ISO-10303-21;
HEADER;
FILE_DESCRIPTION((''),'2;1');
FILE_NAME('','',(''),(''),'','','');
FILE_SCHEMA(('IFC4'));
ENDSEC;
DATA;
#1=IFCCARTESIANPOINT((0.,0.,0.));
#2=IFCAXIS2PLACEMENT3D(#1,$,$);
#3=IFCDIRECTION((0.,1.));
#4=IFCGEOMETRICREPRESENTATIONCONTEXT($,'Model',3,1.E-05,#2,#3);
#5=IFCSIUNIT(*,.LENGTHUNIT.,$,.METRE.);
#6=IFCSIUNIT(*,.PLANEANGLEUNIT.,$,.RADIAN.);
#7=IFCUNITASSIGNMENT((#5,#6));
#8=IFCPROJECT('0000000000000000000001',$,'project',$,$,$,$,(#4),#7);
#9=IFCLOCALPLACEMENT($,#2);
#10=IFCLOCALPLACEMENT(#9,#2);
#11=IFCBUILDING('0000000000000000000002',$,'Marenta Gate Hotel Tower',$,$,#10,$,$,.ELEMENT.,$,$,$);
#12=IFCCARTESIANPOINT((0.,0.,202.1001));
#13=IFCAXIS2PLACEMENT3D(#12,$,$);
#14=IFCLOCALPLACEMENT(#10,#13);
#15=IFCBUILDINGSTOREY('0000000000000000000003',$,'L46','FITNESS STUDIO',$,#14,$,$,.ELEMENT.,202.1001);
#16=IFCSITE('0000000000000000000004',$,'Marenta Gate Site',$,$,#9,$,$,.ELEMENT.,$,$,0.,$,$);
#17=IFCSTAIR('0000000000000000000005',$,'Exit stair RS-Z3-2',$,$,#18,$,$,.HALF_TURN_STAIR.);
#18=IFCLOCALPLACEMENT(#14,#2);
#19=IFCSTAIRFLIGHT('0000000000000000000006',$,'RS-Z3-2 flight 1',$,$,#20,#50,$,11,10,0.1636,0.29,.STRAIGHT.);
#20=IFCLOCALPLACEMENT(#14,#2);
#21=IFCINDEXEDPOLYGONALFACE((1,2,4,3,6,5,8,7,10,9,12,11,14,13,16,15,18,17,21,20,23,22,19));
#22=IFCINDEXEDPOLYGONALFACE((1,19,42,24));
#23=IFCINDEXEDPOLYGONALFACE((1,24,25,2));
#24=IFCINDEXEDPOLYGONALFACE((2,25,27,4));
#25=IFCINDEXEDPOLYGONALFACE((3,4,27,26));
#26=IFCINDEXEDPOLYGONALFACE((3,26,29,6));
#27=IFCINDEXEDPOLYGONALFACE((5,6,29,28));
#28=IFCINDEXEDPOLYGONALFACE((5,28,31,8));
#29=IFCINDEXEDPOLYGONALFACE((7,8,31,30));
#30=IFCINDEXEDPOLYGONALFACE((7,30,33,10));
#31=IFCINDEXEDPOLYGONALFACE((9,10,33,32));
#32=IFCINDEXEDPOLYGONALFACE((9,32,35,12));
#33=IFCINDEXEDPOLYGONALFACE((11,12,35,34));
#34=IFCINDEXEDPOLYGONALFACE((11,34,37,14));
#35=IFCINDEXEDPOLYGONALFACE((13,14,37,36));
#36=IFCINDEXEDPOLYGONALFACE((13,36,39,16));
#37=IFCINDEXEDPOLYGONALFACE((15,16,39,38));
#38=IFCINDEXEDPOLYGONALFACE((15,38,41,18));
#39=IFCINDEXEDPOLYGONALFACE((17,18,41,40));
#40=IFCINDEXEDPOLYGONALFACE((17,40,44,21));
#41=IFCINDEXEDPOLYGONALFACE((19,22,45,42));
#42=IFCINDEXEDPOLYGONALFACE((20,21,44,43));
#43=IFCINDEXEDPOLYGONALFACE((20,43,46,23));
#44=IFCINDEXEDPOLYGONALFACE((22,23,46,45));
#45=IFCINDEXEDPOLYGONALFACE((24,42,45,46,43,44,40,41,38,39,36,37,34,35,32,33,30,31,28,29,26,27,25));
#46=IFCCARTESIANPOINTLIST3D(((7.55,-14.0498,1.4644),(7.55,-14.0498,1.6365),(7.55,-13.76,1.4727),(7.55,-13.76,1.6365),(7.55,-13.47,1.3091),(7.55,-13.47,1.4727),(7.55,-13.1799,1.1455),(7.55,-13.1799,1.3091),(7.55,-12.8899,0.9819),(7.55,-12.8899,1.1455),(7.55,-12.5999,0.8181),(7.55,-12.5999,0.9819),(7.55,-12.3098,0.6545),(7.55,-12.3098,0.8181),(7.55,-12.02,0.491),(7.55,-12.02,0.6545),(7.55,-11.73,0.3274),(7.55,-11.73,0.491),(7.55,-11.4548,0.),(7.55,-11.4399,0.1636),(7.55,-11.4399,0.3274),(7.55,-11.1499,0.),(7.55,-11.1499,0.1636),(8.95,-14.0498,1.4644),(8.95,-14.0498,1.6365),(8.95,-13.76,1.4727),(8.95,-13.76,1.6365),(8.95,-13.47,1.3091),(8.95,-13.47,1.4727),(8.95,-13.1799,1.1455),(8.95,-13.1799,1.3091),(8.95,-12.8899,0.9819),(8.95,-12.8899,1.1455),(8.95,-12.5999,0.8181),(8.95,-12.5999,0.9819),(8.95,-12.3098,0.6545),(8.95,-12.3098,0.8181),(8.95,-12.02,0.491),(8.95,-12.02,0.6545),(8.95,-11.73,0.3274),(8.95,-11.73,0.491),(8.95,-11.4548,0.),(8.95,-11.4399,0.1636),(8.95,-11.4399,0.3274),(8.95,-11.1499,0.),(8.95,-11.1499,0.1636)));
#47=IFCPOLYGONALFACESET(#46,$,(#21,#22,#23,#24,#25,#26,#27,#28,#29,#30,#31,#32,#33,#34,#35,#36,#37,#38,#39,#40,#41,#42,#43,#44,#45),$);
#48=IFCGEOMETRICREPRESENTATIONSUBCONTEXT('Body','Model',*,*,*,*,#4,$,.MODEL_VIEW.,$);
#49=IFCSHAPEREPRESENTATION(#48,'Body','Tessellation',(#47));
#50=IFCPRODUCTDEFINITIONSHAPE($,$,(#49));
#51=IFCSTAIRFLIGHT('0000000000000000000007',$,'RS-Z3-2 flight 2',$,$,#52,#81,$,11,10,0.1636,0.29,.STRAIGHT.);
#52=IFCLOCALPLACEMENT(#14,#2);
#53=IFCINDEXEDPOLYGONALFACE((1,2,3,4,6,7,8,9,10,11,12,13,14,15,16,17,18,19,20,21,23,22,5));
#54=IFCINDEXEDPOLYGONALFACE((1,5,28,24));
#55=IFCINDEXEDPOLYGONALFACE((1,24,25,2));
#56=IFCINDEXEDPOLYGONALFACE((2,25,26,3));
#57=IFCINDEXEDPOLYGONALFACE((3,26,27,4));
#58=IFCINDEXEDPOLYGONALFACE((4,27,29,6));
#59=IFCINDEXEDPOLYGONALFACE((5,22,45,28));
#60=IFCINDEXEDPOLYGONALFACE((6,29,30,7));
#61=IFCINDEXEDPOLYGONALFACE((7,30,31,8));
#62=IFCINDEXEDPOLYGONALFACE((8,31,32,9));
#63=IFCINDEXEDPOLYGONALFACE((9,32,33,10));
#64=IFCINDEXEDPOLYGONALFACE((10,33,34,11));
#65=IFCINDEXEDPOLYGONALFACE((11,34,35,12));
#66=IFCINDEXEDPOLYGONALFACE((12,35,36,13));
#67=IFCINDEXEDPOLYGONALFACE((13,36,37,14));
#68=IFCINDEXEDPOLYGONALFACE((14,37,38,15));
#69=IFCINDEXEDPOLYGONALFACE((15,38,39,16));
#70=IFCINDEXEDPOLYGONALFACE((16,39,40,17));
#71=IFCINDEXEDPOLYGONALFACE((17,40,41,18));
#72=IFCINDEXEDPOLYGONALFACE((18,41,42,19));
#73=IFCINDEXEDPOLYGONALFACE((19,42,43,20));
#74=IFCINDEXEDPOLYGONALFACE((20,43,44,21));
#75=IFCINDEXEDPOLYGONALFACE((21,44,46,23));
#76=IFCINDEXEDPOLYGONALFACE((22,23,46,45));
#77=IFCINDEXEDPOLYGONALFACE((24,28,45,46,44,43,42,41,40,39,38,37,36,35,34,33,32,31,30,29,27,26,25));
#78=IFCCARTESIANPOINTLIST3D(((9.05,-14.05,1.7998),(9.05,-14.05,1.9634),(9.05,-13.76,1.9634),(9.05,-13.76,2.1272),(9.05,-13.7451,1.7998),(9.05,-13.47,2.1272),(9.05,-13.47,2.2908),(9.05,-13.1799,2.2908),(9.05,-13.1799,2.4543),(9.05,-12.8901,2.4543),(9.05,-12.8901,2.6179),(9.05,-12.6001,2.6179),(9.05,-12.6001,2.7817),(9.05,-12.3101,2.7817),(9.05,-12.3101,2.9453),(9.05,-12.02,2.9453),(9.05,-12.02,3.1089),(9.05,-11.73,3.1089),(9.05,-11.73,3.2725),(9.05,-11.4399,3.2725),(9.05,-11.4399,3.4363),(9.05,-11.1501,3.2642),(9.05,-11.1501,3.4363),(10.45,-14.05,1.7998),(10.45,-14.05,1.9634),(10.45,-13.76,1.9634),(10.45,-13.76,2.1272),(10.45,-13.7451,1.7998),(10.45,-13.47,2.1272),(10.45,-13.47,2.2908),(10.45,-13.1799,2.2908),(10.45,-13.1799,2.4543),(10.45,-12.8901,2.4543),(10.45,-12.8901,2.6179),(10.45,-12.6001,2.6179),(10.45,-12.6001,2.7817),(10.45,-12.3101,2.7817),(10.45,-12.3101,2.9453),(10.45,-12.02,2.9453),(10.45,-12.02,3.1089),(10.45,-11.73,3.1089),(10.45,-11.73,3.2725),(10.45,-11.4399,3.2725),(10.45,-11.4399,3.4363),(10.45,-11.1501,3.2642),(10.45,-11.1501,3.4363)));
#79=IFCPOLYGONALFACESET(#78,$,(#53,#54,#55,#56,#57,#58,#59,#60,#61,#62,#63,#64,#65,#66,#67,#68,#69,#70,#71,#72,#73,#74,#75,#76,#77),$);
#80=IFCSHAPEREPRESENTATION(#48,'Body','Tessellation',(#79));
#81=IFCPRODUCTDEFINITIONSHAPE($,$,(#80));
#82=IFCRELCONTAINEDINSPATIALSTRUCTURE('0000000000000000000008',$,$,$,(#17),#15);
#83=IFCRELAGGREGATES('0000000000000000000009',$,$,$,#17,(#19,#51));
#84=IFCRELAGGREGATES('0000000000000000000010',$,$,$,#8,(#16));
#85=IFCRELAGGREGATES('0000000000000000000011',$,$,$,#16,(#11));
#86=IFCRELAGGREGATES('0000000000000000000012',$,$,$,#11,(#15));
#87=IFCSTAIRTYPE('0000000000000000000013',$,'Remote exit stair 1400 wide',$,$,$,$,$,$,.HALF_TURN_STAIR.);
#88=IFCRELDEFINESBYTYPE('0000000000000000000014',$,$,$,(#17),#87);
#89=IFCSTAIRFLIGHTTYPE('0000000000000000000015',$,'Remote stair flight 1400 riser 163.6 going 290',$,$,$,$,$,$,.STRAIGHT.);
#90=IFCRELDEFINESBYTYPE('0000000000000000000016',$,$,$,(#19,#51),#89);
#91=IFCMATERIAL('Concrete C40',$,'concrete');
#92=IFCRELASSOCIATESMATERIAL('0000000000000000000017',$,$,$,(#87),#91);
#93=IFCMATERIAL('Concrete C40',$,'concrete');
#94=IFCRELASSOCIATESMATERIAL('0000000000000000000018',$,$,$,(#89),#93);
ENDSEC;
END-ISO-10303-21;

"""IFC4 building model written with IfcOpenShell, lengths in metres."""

from ifc_helpers import new_model, si_unit, direction, frame, origin, place, context, subcontext, project, spatial, polyline, outline, extrude, material, type_object, element, aggregate, save


model = new_model("IFC4")

# Units and contexts
model_context = context("Model", 3, precision=1e-05, world=origin(), true_north=direction((0.0, 1.0)))
body_context = subcontext(model_context, "Body", "Model", "MODEL_VIEW")
ifc_project = project(units=[si_unit("LENGTHUNIT", "METRE"), si_unit("PLANEANGLEUNIT", "RADIAN")], contexts=[model_context])

# Site, building, storey
site_placement = place(None, origin())
site = spatial("IfcSite", under=ifc_project, at=site_placement, Name="Marenta Gate Site", CompositionType="ELEMENT", RefElevation=0.0)
building_placement = place(site_placement, origin())
building = spatial("IfcBuilding", under=site, at=building_placement, Name="Marenta Gate Hotel Tower", CompositionType="ELEMENT")
storey_placement = place(building_placement, frame((0.0, 0.0, 202.1001)))
storey = spatial("IfcBuildingStorey", under=building, at=storey_placement, Name="L46", Description="FITNESS STUDIO", CompositionType="ELEMENT", Elevation=202.1001)

# Stair, stair flights
ifc_material_1 = material(Name="Concrete C40", Category="concrete")
stair_type = type_object("IfcStairType", Name="Remote exit stair 1400 wide", PredefinedType="HALF_TURN_STAIR", material=ifc_material_1)
stair_placement = place(storey_placement, origin())
stair = element("IfcStair", 1, at=stair_placement, inside=storey, type_object=stair_type, Name="Exit stair RS-Z3-2", PredefinedType="HALF_TURN_STAIR")
ifc_material_2 = material(Name="Concrete C40", Category="concrete")
stair_flight_type = type_object("IfcStairFlightType", Name="Remote stair flight 1400 riser 163.6 going 290", PredefinedType="STRAIGHT", material=ifc_material_2)
stair_flight_1_placement = place(storey_placement, frame((8.25, -11.1499, 0.0), z_axis=(0.0, 0.0, 1.0), x_axis=(0.0, -1.0, 0.0)))
stair_flight_1 = element("IfcStairFlight", 2, at=stair_flight_1_placement, type_object=stair_flight_type, Name="RS-Z3-2 flight 1", NumberOfRisers=11, NumberOfTreads=10, PredefinedType="STRAIGHT", RiserHeight=0.1636, TreadLength=0.29, context=body_context, shape_type="SweptSolid", body=[
    extrude(outline(polyline([(0.0, 0.0), (0.0, 0.1636), (0.29, 0.1636), (0.29, 0.3274), (0.5801, 0.3274), (0.5801, 0.491), (0.8701, 0.491), (0.8701, 0.6545), (1.1599, 0.6545), (1.1599, 0.8181), (1.45, 0.8181), (1.45, 0.9819), (1.74, 0.9819), (1.74, 1.1455), (2.03, 1.1455), (2.03, 1.3091), (2.3201, 1.3091), (2.3201, 1.4727), (2.6101, 1.4727), (2.6101, 1.6365), (2.8999, 1.6365), (2.8999, 1.8), (2.8999, 1.4644), (0.3049, 0.0), (0.0, 0.0)])), frame((0.0, 0.7, 0.0), z_axis=(0.0, -1.0, 0.0), x_axis=(1.0, 0.0, 0.0)), (0.0, 0.0, 1.0), 1.3999),
])
stair_flight_2_placement = place(storey_placement, frame((9.75, -14.05, 1.7998), z_axis=(0.0, 0.0, 1.0), x_axis=(0.0, 1.0, 0.0)))
stair_flight_2 = element("IfcStairFlight", 3, at=stair_flight_2_placement, type_object=stair_flight_type, Name="RS-Z3-2 flight 2", NumberOfRisers=11, NumberOfTreads=10, PredefinedType="STRAIGHT", RiserHeight=0.1636, TreadLength=0.29, context=body_context, shape_type="SweptSolid", body=[
    extrude(outline(polyline([(0.0, 0.0), (0.0, 0.1636), (0.29, 0.1636), (0.29, 0.3274), (0.5801, 0.3274), (0.5801, 0.491), (0.8701, 0.491), (0.8701, 0.6545), (1.1599, 0.6545), (1.1599, 0.8181), (1.45, 0.8181), (1.45, 0.9819), (1.74, 0.9819), (1.74, 1.1455), (2.03, 1.1455), (2.03, 1.3091), (2.3201, 1.3091), (2.3201, 1.4727), (2.6101, 1.4727), (2.6101, 1.6365), (2.8999, 1.6365), (2.8999, 1.8), (2.8999, 1.4644), (0.3049, 0.0), (0.0, 0.0)])), frame((0.0, 0.7, 0.0), z_axis=(0.0, -1.0, 0.0), x_axis=(1.0, 0.0, 0.0)), (0.0, 0.0, 1.0), 1.3999),
])
aggregate(stair, [stair_flight_1, stair_flight_2])

save(model, "model.ifc")
